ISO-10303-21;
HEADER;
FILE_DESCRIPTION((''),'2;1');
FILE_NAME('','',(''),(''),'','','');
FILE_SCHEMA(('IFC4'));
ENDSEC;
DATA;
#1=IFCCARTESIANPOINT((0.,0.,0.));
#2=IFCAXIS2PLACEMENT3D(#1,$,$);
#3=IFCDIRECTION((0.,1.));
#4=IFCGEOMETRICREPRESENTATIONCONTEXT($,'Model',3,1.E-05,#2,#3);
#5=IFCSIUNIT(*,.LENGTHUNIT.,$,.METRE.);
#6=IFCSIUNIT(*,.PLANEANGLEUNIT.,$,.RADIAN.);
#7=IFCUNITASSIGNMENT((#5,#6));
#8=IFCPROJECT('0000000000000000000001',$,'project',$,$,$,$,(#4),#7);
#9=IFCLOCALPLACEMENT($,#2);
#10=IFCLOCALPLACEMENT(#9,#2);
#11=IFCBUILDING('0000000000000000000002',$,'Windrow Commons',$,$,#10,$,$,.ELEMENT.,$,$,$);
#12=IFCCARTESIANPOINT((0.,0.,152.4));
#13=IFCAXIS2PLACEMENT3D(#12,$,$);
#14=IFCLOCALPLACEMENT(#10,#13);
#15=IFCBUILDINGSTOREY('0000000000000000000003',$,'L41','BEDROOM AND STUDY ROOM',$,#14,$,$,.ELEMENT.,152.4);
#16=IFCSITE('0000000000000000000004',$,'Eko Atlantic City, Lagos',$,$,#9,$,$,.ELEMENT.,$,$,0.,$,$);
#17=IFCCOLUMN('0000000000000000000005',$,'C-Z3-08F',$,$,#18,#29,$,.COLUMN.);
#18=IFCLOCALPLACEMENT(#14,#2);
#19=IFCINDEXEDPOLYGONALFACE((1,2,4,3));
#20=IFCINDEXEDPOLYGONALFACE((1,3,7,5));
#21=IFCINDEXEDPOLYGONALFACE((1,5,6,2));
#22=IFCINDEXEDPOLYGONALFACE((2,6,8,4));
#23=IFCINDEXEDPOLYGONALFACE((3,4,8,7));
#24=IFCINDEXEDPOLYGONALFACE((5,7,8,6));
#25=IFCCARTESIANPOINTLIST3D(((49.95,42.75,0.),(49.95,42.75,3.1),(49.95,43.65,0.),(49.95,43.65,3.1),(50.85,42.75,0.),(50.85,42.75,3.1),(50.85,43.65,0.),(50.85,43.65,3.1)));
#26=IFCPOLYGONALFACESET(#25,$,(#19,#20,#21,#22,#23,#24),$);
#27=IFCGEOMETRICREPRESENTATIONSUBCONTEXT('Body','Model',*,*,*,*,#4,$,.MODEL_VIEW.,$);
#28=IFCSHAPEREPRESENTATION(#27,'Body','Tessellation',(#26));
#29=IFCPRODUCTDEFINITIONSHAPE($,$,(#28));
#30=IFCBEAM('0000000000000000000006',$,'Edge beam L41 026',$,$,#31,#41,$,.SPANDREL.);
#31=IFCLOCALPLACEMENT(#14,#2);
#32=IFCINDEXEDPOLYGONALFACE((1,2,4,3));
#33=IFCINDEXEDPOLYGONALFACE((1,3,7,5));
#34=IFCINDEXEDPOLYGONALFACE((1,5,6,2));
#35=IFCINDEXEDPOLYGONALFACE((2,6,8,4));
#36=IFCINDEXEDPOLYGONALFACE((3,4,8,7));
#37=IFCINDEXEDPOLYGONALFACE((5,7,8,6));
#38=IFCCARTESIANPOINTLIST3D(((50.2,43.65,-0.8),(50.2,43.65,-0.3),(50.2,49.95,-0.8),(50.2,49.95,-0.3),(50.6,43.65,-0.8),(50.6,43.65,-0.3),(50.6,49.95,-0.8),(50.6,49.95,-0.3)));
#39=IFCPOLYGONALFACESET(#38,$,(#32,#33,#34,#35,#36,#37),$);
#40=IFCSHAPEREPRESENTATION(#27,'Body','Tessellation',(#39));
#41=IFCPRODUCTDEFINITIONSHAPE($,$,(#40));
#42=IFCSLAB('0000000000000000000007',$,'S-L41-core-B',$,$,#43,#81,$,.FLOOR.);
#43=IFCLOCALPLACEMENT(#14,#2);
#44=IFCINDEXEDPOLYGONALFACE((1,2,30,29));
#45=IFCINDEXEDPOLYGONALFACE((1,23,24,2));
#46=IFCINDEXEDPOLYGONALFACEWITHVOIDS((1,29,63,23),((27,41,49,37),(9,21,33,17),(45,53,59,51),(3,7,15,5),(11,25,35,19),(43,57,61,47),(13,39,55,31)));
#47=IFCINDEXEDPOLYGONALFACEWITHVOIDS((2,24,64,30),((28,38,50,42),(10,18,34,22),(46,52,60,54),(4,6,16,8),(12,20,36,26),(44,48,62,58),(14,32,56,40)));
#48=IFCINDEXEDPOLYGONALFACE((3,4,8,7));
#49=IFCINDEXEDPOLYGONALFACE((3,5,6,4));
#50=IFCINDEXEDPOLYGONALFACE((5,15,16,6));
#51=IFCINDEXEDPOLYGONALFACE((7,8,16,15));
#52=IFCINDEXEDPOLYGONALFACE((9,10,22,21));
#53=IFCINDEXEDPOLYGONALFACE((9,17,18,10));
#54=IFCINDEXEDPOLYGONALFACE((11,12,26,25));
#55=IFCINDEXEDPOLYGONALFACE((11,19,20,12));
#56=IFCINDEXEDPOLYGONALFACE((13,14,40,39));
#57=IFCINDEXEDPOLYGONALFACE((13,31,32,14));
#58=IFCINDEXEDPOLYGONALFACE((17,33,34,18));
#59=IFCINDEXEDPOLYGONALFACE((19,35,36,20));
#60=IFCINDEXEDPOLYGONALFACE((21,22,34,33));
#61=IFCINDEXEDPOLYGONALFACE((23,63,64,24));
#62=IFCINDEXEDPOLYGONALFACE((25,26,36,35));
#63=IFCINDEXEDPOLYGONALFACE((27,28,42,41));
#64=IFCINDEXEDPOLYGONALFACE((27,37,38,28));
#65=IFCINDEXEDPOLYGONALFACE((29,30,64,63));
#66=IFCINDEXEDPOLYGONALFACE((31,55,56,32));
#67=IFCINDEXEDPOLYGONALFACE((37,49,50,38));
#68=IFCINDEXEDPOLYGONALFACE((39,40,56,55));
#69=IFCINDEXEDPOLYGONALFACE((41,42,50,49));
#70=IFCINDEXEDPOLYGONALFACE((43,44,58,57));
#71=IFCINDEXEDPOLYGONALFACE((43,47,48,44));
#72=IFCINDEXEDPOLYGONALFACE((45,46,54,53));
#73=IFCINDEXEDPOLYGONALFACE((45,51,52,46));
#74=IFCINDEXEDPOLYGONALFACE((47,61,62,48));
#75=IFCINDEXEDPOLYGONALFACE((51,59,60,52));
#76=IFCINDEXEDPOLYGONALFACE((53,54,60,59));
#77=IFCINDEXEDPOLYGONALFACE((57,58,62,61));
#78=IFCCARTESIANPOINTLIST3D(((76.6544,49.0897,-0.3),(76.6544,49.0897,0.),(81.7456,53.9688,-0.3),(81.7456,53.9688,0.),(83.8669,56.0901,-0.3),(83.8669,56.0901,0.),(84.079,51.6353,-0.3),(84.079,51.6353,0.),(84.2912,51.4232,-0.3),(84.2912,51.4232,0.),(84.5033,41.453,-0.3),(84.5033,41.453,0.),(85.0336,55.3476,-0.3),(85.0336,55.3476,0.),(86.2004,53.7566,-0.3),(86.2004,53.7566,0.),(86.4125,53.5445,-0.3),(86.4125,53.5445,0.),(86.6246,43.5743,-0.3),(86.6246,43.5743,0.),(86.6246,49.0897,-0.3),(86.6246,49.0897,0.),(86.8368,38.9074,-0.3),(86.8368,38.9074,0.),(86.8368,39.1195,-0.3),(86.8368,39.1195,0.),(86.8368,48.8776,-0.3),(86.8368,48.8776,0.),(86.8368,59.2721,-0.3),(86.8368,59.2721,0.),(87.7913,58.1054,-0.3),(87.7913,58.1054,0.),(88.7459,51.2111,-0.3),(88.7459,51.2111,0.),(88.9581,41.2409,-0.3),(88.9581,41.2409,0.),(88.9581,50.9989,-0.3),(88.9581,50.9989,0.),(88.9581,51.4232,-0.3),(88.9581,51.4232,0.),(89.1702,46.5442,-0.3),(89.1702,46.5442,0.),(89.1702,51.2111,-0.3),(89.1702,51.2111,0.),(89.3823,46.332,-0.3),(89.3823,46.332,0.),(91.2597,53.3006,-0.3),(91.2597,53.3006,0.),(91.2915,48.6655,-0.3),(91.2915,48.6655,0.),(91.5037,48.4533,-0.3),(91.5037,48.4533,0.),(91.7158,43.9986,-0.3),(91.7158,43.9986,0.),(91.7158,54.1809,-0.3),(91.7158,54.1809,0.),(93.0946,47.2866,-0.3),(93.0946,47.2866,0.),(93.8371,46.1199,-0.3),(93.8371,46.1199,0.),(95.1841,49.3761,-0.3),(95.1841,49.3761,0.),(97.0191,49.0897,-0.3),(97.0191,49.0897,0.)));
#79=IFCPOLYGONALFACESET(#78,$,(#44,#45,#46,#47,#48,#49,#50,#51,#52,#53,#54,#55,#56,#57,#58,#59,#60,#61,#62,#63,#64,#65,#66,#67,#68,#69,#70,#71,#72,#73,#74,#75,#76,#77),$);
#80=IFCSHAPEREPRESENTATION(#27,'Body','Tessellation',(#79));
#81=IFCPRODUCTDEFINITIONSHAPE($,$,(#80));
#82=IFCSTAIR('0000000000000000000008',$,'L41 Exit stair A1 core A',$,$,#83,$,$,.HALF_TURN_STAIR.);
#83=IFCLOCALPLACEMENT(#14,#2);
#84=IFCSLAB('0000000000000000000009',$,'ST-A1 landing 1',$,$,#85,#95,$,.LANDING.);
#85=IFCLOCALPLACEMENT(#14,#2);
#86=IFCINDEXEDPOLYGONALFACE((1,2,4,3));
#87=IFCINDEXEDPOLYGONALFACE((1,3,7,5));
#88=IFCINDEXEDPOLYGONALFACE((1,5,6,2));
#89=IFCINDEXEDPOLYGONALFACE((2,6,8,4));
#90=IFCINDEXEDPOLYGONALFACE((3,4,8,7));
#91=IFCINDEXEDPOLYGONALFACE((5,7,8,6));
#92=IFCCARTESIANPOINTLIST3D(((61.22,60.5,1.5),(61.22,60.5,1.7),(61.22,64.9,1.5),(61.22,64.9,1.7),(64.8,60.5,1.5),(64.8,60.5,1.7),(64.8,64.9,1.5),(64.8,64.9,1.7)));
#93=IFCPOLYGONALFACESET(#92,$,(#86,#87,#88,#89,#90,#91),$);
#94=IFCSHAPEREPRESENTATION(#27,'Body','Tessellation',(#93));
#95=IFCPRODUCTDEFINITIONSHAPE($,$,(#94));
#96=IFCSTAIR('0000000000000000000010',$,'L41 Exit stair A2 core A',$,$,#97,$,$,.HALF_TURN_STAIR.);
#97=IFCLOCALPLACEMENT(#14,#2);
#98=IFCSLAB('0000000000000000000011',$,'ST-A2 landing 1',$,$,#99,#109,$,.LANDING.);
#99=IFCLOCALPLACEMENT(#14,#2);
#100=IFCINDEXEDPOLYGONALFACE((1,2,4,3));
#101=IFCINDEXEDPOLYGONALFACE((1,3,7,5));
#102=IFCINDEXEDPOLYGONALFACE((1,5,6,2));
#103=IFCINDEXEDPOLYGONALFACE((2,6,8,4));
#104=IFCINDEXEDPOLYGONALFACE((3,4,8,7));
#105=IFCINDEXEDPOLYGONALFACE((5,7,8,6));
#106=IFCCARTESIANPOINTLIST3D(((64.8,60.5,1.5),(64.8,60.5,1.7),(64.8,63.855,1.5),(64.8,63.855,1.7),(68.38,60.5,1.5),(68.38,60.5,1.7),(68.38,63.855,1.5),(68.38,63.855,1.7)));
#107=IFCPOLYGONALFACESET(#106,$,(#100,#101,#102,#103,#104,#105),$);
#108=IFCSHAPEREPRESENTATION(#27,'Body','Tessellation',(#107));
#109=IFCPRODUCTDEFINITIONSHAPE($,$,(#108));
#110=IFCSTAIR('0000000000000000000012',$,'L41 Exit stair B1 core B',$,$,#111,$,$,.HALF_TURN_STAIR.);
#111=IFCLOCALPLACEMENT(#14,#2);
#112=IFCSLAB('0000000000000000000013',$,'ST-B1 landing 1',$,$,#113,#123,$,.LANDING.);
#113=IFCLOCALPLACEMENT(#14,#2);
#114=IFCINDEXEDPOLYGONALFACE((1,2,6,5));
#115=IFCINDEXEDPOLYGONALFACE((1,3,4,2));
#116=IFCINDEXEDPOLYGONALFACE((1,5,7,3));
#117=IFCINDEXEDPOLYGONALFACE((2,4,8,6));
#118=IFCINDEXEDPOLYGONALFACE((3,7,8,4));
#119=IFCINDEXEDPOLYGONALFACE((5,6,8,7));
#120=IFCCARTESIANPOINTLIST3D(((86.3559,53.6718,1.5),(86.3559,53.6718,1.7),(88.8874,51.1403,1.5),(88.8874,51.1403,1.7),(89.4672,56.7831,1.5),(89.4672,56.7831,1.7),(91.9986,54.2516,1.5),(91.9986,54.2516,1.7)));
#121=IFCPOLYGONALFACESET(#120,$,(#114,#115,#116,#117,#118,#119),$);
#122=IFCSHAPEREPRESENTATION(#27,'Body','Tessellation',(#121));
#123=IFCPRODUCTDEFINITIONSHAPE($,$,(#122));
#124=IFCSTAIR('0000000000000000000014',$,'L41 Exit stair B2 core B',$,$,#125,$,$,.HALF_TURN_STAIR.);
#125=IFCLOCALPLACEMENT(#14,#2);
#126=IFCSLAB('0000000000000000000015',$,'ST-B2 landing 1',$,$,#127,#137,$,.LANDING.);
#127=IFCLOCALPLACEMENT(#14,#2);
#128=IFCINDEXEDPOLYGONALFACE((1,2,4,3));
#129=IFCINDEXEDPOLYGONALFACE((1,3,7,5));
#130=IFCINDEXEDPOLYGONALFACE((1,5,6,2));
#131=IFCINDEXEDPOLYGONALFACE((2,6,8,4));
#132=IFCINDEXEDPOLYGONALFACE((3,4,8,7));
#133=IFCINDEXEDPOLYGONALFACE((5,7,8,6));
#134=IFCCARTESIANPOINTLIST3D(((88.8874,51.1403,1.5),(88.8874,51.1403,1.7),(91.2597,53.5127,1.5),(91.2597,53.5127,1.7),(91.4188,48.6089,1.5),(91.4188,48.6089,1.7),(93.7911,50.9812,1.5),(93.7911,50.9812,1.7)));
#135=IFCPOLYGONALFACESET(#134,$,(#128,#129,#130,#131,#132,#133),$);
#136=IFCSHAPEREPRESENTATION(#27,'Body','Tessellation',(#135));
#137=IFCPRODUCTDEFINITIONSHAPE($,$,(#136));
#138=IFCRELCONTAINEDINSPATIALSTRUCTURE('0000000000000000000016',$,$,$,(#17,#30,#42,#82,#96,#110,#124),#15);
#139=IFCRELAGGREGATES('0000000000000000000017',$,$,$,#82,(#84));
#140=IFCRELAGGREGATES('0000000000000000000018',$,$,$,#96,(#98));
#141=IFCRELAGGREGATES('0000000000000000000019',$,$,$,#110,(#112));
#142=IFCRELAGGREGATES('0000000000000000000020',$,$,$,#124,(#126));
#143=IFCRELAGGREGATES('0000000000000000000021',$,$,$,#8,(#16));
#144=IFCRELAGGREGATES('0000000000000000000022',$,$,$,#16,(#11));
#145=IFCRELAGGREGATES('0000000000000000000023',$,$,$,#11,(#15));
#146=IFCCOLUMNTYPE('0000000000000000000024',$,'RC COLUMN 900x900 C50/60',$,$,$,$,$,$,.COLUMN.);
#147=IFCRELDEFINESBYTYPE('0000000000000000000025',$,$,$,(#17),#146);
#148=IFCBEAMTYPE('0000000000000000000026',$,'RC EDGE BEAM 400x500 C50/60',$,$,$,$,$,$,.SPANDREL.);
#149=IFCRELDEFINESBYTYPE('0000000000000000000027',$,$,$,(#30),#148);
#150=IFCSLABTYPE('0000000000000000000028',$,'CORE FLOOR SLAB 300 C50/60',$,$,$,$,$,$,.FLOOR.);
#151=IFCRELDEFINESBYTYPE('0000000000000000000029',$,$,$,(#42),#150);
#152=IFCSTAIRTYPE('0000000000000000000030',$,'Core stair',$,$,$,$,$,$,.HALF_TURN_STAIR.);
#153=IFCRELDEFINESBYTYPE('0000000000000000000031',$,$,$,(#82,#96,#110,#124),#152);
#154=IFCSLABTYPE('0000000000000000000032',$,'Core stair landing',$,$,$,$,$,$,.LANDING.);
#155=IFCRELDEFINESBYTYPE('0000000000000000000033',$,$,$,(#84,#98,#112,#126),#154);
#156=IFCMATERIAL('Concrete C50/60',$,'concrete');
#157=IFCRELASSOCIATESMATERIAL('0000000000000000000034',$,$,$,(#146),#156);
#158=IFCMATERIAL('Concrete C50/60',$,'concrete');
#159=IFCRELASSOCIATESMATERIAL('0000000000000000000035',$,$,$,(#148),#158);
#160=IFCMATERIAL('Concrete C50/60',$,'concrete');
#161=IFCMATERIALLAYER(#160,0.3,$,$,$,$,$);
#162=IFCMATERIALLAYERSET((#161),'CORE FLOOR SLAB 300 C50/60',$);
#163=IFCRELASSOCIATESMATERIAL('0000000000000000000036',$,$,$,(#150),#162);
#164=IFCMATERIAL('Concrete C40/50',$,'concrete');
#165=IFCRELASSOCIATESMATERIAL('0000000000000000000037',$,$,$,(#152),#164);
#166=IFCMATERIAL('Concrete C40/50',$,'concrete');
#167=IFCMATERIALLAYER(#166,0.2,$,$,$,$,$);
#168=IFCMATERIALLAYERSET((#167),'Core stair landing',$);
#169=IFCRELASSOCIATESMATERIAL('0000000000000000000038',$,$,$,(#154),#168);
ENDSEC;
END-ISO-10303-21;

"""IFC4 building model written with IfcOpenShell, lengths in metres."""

from ifc_helpers import new_model, si_unit, direction, frame, origin, origin_2d, place, context, subcontext, project, spatial, polyline, rectangle, outline, extrude, material, layer, layer_set, material_profile, profile_set, type_object, element, aggregate, save


model = new_model("IFC4")

# Units and contexts
model_context = context("Model", 3, precision=1e-05, world=origin(), true_north=direction((0.0, 1.0)))
body_context = subcontext(model_context, "Body", "Model", "MODEL_VIEW")
ifc_project = project(units=[si_unit("LENGTHUNIT", "METRE"), si_unit("PLANEANGLEUNIT", "RADIAN")], contexts=[model_context])

# Site, building, storey
site_placement = place(None, origin())
site = spatial("IfcSite", under=ifc_project, at=site_placement, Name="Eko Atlantic City, Lagos", CompositionType="ELEMENT", RefElevation=0.0)
building_placement = place(site_placement, origin())
building = spatial("IfcBuilding", under=site, at=building_placement, Name="Windrow Commons", CompositionType="ELEMENT")
storey_placement = place(building_placement, frame((0.0, 0.0, 152.4)))
storey = spatial("IfcBuildingStorey", under=building, at=storey_placement, Name="L41", Description="BEDROOM AND STUDY ROOM", CompositionType="ELEMENT", Elevation=152.4)

# Column
ifc_material_1 = material(Name="Concrete C50/60", Category="concrete")
ifc_material_profile_1 = material_profile(ifc_material_1, rectangle(XDim=0.9, YDim=0.9, at=origin_2d()))
ifc_profile_set_1 = profile_set([ifc_material_profile_1], Name="Concrete C50/60")
column_type = type_object("IfcColumnType", Name="RC COLUMN 900x900 C50/60", PredefinedType="COLUMN", material=ifc_profile_set_1)
column_placement = place(storey_placement, frame((50.4, 43.2, 0.0), z_axis=(0.0, 0.0, 1.0), x_axis=(1.0, 0.0, 0.0)))
element("IfcColumn", 1, at=column_placement, inside=storey, type_object=column_type, Name="C-Z3-08F", PredefinedType="COLUMN", context=body_context, shape_type="SweptSolid", body=[
    extrude(rectangle(XDim=0.9, YDim=0.9, at=origin_2d()), origin(), (0.0, 0.0, 1.0), 3.1),
])

# Beam
ifc_material_2 = material(Name="Concrete C50/60", Category="concrete")
ifc_material_profile_2 = material_profile(ifc_material_2, rectangle(XDim=0.4, YDim=0.5, at=origin_2d()))
ifc_profile_set_2 = profile_set([ifc_material_profile_2], Name="Concrete C50/60")
beam_type = type_object("IfcBeamType", Name="RC EDGE BEAM 400x500 C50/60", PredefinedType="SPANDREL", material=ifc_profile_set_2)
beam_placement = place(storey_placement, frame((50.4, 43.65, -0.55), z_axis=(0.0, 1.0, 0.0), x_axis=(-1.0, 0.0, 0.0)))
element("IfcBeam", 2, at=beam_placement, inside=storey, type_object=beam_type, Name="Edge beam L41 026", PredefinedType="SPANDREL", context=body_context, shape_type="SweptSolid", body=[
    extrude(rectangle(XDim=0.4, YDim=0.5, at=origin_2d()), origin(), (0.0, 0.0, 1.0), 6.3),
])

# Slab, openings
ifc_material_3 = material(Name="Concrete C50/60", Category="concrete")
ifc_layer_1 = layer(ifc_material_3, 0.3)
ifc_layer_set_1 = layer_set([ifc_layer_1], Name="CORE FLOOR SLAB 300 C50/60")
slab_type_1 = type_object("IfcSlabType", Name="CORE FLOOR SLAB 300 C50/60", PredefinedType="FLOOR", material=ifc_layer_set_1)
placement_1 = place(storey_placement, frame((0.0, 0.0, -0.3)))
slab_1 = element("IfcSlab", 3, at=placement_1, inside=storey, type_object=slab_type_1, Name="S-L41-core-B", PredefinedType="FLOOR", context=body_context, shape_type="SweptSolid", body=[
    extrude(outline(polyline([(76.6544, 49.0897), (86.8368, 38.9074), (97.0191, 49.0897), (86.8368, 59.2721), (76.6544, 49.0897)]), holes=[polyline([(84.5033, 41.453), (86.8368, 39.1195), (88.9581, 41.2409), (86.6246, 43.5743), (84.5033, 41.453)]), polyline([(81.7456, 53.9688), (84.079, 51.6353), (86.2004, 53.7566), (83.8669, 56.0901), (81.7456, 53.9688)]), polyline([(84.2912, 51.4232), (86.6246, 49.0897), (88.7459, 51.2111), (86.4125, 53.5445), (84.2912, 51.4232)]), polyline([(86.8368, 48.8776), (89.1702, 46.5442), (91.2915, 48.6655), (88.9581, 50.9989), (86.8368, 48.8776)]), polyline([(89.3823, 46.332), (91.7158, 43.9986), (93.8371, 46.1199), (91.5037, 48.4533), (89.3823, 46.332)]), polyline([(85.0336, 55.3476), (88.9581, 51.4232), (91.7158, 54.1809), (87.7913, 58.1054), (85.0336, 55.3476)]), polyline([(89.1702, 51.2111), (93.0946, 47.2866), (95.1841, 49.3761), (91.2597, 53.3006), (89.1702, 51.2111)])]), origin(), (0.0, 0.0, 1.0), 0.3),
])
opening_1_placement = place(placement_1, origin())
element("IfcOpeningElement", 4, at=opening_1_placement, cuts=slab_1, PredefinedType="OPENING", context=body_context, shape_type="SweptSolid", body=[
    extrude(outline(polyline([(84.5104, 41.453), (86.6246, 43.5672), (88.951, 41.2409), (86.8368, 39.1266), (84.5104, 41.453)])), origin(), (0.0, 0.0, 1.0), 0.3),
])
opening_2_placement = place(placement_1, origin())
element("IfcOpeningElement", 5, at=opening_2_placement, cuts=slab_1, PredefinedType="OPENING", context=body_context, shape_type="SweptSolid", body=[
    extrude(outline(polyline([(81.7527, 53.9688), (83.8669, 56.083), (86.1933, 53.7566), (84.079, 51.6424), (81.7527, 53.9688)])), origin(), (0.0, 0.0, 1.0), 0.3),
])
opening_3_placement = place(placement_1, origin())
element("IfcOpeningElement", 6, at=opening_3_placement, cuts=slab_1, PredefinedType="OPENING", context=body_context, shape_type="SweptSolid", body=[
    extrude(outline(polyline([(84.2983, 51.4232), (86.4125, 53.5374), (88.7388, 51.2111), (86.6246, 49.0968), (84.2983, 51.4232)])), origin(), (0.0, 0.0, 1.0), 0.3),
])
opening_4_placement = place(placement_1, origin())
element("IfcOpeningElement", 7, at=opening_4_placement, cuts=slab_1, PredefinedType="OPENING", context=body_context, shape_type="SweptSolid", body=[
    extrude(outline(polyline([(86.8439, 48.8776), (88.9581, 50.9918), (91.2844, 48.6655), (89.1702, 46.5513), (86.8439, 48.8776)])), origin(), (0.0, 0.0, 1.0), 0.3),
])
opening_5_placement = place(placement_1, origin())
element("IfcOpeningElement", 8, at=opening_5_placement, cuts=slab_1, PredefinedType="OPENING", context=body_context, shape_type="SweptSolid", body=[
    extrude(outline(polyline([(89.3894, 46.332), (91.5037, 48.4462), (93.83, 46.1199), (91.7158, 44.0057), (89.3894, 46.332)])), origin(), (0.0, 0.0, 1.0), 0.3),
])
opening_6_placement = place(placement_1, origin())
element("IfcOpeningElement", 9, at=opening_6_placement, cuts=slab_1, PredefinedType="OPENING", context=body_context, shape_type="SweptSolid", body=[
    extrude(outline(polyline([(85.0407, 55.3476), (87.7913, 58.0983), (91.7087, 54.1809), (88.9581, 51.4303), (85.0407, 55.3476)])), origin(), (0.0, 0.0, 1.0), 0.3),
])
opening_7_placement = place(placement_1, origin())
element("IfcOpeningElement", 10, at=opening_7_placement, cuts=slab_1, PredefinedType="OPENING", context=body_context, shape_type="SweptSolid", body=[
    extrude(outline(polyline([(89.1773, 51.2111), (91.2597, 53.2935), (95.177, 49.3761), (93.0946, 47.2937), (89.1773, 51.2111)])), origin(), (0.0, 0.0, 1.0), 0.3),
])

# Stairs, slabs
ifc_material_4 = material(Name="Concrete C40/50", Category="concrete")
stair_type = type_object("IfcStairType", Name="Core stair", PredefinedType="HALF_TURN_STAIR", material=ifc_material_4)
placement_2 = place(storey_placement, origin())
stair_1 = element("IfcStair", 11, at=placement_2, inside=storey, type_object=stair_type, Name="L41 Exit stair A1 core A", PredefinedType="HALF_TURN_STAIR")
ifc_material_5 = material(Name="Concrete C40/50", Category="concrete")
ifc_layer_2 = layer(ifc_material_5, 0.2)
ifc_layer_set_2 = layer_set([ifc_layer_2], Name="Core stair landing")
slab_type_2 = type_object("IfcSlabType", Name="Core stair landing", PredefinedType="LANDING", material=ifc_layer_set_2)
placement_3 = place(storey_placement, frame((0.0, 0.0, 1.5)))
slab_2 = element("IfcSlab", 12, at=placement_3, type_object=slab_type_2, Name="ST-A1 landing 1", PredefinedType="LANDING", context=body_context, shape_type="SweptSolid", body=[
    extrude(outline(polyline([(61.22, 60.5), (64.8, 60.5), (64.8, 64.9), (61.22, 64.9), (61.22, 60.5)])), origin(), (0.0, 0.0, 1.0), 0.2),
])
aggregate(stair_1, [slab_2])
stair_2 = element("IfcStair", 13, at=placement_2, inside=storey, type_object=stair_type, Name="L41 Exit stair A2 core A", PredefinedType="HALF_TURN_STAIR")
slab_3 = element("IfcSlab", 14, at=placement_3, type_object=slab_type_2, Name="ST-A2 landing 1", PredefinedType="LANDING", context=body_context, shape_type="SweptSolid", body=[
    extrude(outline(polyline([(64.8, 60.5), (68.38, 60.5), (68.38, 63.855), (64.8, 63.855), (64.8, 60.5)])), origin(), (0.0, 0.0, 1.0), 0.2),
])
aggregate(stair_2, [slab_3])
stair_3 = element("IfcStair", 15, at=placement_2, inside=storey, type_object=stair_type, Name="L41 Exit stair B1 core B", PredefinedType="HALF_TURN_STAIR")
slab_4 = element("IfcSlab", 16, at=placement_3, type_object=slab_type_2, Name="ST-B1 landing 1", PredefinedType="LANDING", context=body_context, shape_type="SweptSolid", body=[
    extrude(outline(polyline([(86.3559, 53.6718), (88.8874, 51.1403), (91.9986, 54.2516), (89.4672, 56.7831), (86.3559, 53.6718)])), origin(), (0.0, 0.0, 1.0), 0.2),
])
aggregate(stair_3, [slab_4])
stair_4 = element("IfcStair", 17, at=placement_2, inside=storey, type_object=stair_type, Name="L41 Exit stair B2 core B", PredefinedType="HALF_TURN_STAIR")
slab_5 = element("IfcSlab", 18, at=placement_3, type_object=slab_type_2, Name="ST-B2 landing 1", PredefinedType="LANDING", context=body_context, shape_type="SweptSolid", body=[
    extrude(outline(polyline([(88.8874, 51.1403), (91.4188, 48.6089), (93.7911, 50.9812), (91.2597, 53.5127), (88.8874, 51.1403)])), origin(), (0.0, 0.0, 1.0), 0.2),
])
aggregate(stair_4, [slab_5])

save(model, "model.ifc")
